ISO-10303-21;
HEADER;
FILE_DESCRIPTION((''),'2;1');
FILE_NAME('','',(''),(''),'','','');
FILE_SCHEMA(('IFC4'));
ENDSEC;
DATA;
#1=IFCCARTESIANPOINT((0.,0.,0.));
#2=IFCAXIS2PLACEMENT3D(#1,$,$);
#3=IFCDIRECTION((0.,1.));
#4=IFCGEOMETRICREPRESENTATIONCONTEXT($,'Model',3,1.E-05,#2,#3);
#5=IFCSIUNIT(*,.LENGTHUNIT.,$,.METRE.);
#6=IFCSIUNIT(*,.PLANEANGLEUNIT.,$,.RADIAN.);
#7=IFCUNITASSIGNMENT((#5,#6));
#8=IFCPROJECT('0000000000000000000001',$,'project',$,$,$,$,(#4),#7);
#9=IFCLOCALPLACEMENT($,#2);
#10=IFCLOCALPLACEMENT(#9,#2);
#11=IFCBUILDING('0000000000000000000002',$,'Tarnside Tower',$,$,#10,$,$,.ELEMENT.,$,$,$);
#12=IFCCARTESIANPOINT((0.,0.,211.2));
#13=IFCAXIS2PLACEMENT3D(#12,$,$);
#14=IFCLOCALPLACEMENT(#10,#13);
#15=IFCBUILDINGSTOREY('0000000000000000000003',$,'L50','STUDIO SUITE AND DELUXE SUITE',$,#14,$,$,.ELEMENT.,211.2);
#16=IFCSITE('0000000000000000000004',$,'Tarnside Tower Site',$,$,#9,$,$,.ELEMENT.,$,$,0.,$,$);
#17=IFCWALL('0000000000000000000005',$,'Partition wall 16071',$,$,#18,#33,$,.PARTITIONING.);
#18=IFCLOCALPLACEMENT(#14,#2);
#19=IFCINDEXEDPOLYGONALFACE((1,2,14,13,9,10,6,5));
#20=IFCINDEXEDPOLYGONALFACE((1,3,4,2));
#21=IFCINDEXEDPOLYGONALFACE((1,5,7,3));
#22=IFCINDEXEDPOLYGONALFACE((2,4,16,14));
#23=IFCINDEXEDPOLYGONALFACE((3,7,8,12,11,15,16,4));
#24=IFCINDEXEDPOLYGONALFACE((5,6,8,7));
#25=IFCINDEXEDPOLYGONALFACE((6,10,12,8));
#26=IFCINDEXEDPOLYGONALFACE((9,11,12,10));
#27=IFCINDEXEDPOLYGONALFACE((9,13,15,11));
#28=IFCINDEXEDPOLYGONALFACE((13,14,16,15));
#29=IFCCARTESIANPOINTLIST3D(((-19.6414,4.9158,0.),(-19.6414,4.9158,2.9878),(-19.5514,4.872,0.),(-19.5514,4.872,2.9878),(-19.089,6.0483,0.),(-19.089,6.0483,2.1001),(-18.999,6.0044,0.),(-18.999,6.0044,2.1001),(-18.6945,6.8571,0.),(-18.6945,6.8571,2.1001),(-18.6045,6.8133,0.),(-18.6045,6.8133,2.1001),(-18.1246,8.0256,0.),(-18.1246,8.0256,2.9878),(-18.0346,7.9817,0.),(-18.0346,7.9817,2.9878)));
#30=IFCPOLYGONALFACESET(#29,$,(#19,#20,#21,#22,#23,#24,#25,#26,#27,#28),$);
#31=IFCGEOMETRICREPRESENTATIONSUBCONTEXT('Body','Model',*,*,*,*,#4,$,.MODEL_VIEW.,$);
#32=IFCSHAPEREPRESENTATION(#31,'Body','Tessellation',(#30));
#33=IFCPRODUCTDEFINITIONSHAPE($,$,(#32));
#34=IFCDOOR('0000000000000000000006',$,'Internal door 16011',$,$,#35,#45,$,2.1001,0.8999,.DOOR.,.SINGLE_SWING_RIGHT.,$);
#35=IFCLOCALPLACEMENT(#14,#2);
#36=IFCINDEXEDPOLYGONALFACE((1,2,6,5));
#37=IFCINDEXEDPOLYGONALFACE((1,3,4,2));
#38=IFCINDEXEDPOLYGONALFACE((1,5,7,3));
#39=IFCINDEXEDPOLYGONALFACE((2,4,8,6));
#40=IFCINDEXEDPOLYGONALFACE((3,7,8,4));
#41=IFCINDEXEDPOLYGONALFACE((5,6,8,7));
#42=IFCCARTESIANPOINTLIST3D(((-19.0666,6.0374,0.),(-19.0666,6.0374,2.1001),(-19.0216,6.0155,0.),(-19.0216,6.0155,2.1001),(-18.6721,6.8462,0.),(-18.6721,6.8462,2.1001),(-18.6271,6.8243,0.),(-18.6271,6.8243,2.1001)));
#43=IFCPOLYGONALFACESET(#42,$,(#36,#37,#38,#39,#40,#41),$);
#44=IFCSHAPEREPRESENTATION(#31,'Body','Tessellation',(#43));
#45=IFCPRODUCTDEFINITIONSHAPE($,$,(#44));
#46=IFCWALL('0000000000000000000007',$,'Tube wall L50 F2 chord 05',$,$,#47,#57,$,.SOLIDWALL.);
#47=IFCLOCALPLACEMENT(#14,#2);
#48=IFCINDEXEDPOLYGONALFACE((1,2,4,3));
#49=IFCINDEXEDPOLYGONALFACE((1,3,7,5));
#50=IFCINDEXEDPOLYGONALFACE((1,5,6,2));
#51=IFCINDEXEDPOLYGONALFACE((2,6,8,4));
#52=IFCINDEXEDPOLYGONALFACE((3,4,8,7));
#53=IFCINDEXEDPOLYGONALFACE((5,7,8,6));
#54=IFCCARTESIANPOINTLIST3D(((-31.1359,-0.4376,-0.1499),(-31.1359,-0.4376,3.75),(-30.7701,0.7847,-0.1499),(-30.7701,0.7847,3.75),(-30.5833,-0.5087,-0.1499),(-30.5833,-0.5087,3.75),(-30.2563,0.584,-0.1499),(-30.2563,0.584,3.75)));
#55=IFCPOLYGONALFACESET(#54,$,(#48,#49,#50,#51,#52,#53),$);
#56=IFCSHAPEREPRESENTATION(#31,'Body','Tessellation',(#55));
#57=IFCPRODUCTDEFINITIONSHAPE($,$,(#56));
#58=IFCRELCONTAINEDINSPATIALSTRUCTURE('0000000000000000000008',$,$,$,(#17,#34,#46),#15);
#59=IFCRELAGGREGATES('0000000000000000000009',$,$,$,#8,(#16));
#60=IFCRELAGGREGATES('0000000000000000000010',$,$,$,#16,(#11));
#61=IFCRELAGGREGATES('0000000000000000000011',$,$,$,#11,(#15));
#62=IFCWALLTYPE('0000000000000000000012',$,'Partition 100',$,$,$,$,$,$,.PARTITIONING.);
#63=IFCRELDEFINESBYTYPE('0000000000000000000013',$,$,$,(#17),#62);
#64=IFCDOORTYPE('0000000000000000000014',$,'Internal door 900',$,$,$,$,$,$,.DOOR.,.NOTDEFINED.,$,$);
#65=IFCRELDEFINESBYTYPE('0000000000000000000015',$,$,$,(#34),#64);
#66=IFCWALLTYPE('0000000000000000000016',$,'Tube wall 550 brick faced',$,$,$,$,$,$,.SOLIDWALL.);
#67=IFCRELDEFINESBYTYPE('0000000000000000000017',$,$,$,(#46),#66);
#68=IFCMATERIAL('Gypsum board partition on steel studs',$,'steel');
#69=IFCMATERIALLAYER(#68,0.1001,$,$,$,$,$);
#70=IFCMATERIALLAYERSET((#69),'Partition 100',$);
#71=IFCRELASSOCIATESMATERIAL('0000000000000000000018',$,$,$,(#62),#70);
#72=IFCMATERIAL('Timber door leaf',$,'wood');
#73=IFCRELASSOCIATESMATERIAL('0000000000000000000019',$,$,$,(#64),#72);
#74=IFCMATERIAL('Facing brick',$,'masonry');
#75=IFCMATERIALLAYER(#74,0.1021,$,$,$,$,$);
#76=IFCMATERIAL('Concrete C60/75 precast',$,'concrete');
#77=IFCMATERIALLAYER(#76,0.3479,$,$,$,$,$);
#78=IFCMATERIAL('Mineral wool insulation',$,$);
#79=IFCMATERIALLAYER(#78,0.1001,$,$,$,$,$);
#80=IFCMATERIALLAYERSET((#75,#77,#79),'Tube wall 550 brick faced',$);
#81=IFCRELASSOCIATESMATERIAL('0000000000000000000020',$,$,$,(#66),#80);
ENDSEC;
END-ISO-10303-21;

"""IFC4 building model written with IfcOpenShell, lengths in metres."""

from ifc_helpers import new_model, si_unit, direction, frame, frame_2d, origin, place, context, subcontext, project, spatial, polyline, rectangle, outline, extrude, material, layer, layer_set, type_object, element, fill, save


model = new_model("IFC4")

# Units and contexts
model_context = context("Model", 3, precision=1e-05, world=origin(), true_north=direction((0.0, 1.0)))
body_context = subcontext(model_context, "Body", "Model", "MODEL_VIEW")
ifc_project = project(units=[si_unit("LENGTHUNIT", "METRE"), si_unit("PLANEANGLEUNIT", "RADIAN")], contexts=[model_context])

# Site, building, storey
site_placement = place(None, origin())
site = spatial("IfcSite", under=ifc_project, at=site_placement, Name="Tarnside Tower Site", CompositionType="ELEMENT", RefElevation=0.0)
building_placement = place(site_placement, origin())
building = spatial("IfcBuilding", under=site, at=building_placement, Name="Tarnside Tower", CompositionType="ELEMENT")
storey_placement = place(building_placement, frame((0.0, 0.0, 211.2)))
storey = spatial("IfcBuildingStorey", under=building, at=storey_placement, Name="L50", Description="STUDIO SUITE AND DELUXE SUITE", CompositionType="ELEMENT", Elevation=211.2)

# Shared definitions
ifc_material_1 = material(Name="Gypsum board partition on steel studs", Category="steel")
ifc_material_2 = material(Name="Timber door leaf", Category="wood")

# Shared definitions
ifc_layer_1 = layer(ifc_material_1, 0.1001)
ifc_layer_set_1 = layer_set([ifc_layer_1], Name="Partition 100")
wall_type_1 = type_object("IfcWallType", Name="Partition 100", PredefinedType="PARTITIONING", material=ifc_layer_set_1)

# Wall, opening, door
wall_1_placement = place(storey_placement, frame((-18.0796, 8.0037, 0.0), z_axis=(0.0, 0.0, 1.0), x_axis=(-0.438386, -0.898787, 0.0)))
wall_1 = element("IfcWall", 1, at=wall_1_placement, inside=storey, type_object=wall_type_1, Name="Partition wall 16071", PredefinedType="PARTITIONING", context=body_context, shape_type="SweptSolid", body=[
    extrude(rectangle(XDim=3.46, YDim=0.1001, at=frame_2d((1.73, 0.0))), origin(), (0.0, 0.0, 1.0), 2.9878),
])
opening_1_placement = place(wall_1_placement, frame((1.3, 0.0, 0.0)))
opening_1 = element("IfcOpeningElement", 2, at=opening_1_placement, cuts=wall_1, PredefinedType="OPENING", context=body_context, shape_type="SweptSolid", body=[
    extrude(rectangle(XDim=0.8999, YDim=2.1001, at=frame_2d((0.45, 1.05))), frame((0.0, 0.0601, 0.0), z_axis=(0.0, -1.0, 0.0), x_axis=(1.0, 0.0, 0.0)), (0.0, 0.0, 1.0), 0.1201),
])
door_type_1 = type_object("IfcDoorType", Name="Internal door 900", OperationType="NOTDEFINED", PredefinedType="DOOR", material=ifc_material_2)
door_1_placement = place(opening_1_placement, origin())
door_1 = element("IfcDoor", 3, at=door_1_placement, inside=storey, type_object=door_type_1, Name="Internal door 16011", OperationType="SINGLE_SWING_RIGHT", OverallHeight=2.1001, OverallWidth=0.8999, PredefinedType="DOOR", context=body_context, shape_type="SweptSolid", body=[
    extrude(rectangle(XDim=0.8999, YDim=2.1001, at=frame_2d((0.45, 1.05))), frame((0.0, 0.0249, 0.0), z_axis=(0.0, -1.0, 0.0), x_axis=(1.0, 0.0, 0.0)), (0.0, 0.0, 1.0), 0.05),
])
fill(opening_1, door_1)

# Wall
ifc_material_3 = material(Name="Facing brick", Category="masonry")
ifc_layer_2 = layer(ifc_material_3, 0.1021)
ifc_material_4 = material(Name="Concrete C60/75 precast", Category="concrete")
ifc_layer_3 = layer(ifc_material_4, 0.3479)
ifc_material_5 = material(Name="Mineral wool insulation")
ifc_layer_4 = layer(ifc_material_5, 0.1001)
ifc_layer_set_2 = layer_set([ifc_layer_2, ifc_layer_3, ifc_layer_4], Name="Tube wall 550 brick faced")
wall_type_2 = type_object("IfcWallType", Name="Tube wall 550 brick faced", PredefinedType="SOLIDWALL", material=ifc_layer_set_2)
wall_2_placement = place(storey_placement, frame((-30.5132, 0.6843, -0.1499), z_axis=(0.0, 0.0, 1.0), x_axis=(-0.286736, -0.95801, 0.0)))
element("IfcWall", 4, at=wall_2_placement, inside=storey, type_object=wall_type_2, Name="Tube wall L50 F2 chord 05", PredefinedType="SOLIDWALL", context=body_context, shape_type="SweptSolid", body=[
    extrude(outline(polyline([(-0.0225, -0.2749), (1.2534, -0.2749), (1.1631, 0.2749), (0.0225, 0.2749), (-0.0225, -0.2749)])), origin(), (0.0, 0.0, 1.0), 3.8999),
])

save(model, "model.ifc")
